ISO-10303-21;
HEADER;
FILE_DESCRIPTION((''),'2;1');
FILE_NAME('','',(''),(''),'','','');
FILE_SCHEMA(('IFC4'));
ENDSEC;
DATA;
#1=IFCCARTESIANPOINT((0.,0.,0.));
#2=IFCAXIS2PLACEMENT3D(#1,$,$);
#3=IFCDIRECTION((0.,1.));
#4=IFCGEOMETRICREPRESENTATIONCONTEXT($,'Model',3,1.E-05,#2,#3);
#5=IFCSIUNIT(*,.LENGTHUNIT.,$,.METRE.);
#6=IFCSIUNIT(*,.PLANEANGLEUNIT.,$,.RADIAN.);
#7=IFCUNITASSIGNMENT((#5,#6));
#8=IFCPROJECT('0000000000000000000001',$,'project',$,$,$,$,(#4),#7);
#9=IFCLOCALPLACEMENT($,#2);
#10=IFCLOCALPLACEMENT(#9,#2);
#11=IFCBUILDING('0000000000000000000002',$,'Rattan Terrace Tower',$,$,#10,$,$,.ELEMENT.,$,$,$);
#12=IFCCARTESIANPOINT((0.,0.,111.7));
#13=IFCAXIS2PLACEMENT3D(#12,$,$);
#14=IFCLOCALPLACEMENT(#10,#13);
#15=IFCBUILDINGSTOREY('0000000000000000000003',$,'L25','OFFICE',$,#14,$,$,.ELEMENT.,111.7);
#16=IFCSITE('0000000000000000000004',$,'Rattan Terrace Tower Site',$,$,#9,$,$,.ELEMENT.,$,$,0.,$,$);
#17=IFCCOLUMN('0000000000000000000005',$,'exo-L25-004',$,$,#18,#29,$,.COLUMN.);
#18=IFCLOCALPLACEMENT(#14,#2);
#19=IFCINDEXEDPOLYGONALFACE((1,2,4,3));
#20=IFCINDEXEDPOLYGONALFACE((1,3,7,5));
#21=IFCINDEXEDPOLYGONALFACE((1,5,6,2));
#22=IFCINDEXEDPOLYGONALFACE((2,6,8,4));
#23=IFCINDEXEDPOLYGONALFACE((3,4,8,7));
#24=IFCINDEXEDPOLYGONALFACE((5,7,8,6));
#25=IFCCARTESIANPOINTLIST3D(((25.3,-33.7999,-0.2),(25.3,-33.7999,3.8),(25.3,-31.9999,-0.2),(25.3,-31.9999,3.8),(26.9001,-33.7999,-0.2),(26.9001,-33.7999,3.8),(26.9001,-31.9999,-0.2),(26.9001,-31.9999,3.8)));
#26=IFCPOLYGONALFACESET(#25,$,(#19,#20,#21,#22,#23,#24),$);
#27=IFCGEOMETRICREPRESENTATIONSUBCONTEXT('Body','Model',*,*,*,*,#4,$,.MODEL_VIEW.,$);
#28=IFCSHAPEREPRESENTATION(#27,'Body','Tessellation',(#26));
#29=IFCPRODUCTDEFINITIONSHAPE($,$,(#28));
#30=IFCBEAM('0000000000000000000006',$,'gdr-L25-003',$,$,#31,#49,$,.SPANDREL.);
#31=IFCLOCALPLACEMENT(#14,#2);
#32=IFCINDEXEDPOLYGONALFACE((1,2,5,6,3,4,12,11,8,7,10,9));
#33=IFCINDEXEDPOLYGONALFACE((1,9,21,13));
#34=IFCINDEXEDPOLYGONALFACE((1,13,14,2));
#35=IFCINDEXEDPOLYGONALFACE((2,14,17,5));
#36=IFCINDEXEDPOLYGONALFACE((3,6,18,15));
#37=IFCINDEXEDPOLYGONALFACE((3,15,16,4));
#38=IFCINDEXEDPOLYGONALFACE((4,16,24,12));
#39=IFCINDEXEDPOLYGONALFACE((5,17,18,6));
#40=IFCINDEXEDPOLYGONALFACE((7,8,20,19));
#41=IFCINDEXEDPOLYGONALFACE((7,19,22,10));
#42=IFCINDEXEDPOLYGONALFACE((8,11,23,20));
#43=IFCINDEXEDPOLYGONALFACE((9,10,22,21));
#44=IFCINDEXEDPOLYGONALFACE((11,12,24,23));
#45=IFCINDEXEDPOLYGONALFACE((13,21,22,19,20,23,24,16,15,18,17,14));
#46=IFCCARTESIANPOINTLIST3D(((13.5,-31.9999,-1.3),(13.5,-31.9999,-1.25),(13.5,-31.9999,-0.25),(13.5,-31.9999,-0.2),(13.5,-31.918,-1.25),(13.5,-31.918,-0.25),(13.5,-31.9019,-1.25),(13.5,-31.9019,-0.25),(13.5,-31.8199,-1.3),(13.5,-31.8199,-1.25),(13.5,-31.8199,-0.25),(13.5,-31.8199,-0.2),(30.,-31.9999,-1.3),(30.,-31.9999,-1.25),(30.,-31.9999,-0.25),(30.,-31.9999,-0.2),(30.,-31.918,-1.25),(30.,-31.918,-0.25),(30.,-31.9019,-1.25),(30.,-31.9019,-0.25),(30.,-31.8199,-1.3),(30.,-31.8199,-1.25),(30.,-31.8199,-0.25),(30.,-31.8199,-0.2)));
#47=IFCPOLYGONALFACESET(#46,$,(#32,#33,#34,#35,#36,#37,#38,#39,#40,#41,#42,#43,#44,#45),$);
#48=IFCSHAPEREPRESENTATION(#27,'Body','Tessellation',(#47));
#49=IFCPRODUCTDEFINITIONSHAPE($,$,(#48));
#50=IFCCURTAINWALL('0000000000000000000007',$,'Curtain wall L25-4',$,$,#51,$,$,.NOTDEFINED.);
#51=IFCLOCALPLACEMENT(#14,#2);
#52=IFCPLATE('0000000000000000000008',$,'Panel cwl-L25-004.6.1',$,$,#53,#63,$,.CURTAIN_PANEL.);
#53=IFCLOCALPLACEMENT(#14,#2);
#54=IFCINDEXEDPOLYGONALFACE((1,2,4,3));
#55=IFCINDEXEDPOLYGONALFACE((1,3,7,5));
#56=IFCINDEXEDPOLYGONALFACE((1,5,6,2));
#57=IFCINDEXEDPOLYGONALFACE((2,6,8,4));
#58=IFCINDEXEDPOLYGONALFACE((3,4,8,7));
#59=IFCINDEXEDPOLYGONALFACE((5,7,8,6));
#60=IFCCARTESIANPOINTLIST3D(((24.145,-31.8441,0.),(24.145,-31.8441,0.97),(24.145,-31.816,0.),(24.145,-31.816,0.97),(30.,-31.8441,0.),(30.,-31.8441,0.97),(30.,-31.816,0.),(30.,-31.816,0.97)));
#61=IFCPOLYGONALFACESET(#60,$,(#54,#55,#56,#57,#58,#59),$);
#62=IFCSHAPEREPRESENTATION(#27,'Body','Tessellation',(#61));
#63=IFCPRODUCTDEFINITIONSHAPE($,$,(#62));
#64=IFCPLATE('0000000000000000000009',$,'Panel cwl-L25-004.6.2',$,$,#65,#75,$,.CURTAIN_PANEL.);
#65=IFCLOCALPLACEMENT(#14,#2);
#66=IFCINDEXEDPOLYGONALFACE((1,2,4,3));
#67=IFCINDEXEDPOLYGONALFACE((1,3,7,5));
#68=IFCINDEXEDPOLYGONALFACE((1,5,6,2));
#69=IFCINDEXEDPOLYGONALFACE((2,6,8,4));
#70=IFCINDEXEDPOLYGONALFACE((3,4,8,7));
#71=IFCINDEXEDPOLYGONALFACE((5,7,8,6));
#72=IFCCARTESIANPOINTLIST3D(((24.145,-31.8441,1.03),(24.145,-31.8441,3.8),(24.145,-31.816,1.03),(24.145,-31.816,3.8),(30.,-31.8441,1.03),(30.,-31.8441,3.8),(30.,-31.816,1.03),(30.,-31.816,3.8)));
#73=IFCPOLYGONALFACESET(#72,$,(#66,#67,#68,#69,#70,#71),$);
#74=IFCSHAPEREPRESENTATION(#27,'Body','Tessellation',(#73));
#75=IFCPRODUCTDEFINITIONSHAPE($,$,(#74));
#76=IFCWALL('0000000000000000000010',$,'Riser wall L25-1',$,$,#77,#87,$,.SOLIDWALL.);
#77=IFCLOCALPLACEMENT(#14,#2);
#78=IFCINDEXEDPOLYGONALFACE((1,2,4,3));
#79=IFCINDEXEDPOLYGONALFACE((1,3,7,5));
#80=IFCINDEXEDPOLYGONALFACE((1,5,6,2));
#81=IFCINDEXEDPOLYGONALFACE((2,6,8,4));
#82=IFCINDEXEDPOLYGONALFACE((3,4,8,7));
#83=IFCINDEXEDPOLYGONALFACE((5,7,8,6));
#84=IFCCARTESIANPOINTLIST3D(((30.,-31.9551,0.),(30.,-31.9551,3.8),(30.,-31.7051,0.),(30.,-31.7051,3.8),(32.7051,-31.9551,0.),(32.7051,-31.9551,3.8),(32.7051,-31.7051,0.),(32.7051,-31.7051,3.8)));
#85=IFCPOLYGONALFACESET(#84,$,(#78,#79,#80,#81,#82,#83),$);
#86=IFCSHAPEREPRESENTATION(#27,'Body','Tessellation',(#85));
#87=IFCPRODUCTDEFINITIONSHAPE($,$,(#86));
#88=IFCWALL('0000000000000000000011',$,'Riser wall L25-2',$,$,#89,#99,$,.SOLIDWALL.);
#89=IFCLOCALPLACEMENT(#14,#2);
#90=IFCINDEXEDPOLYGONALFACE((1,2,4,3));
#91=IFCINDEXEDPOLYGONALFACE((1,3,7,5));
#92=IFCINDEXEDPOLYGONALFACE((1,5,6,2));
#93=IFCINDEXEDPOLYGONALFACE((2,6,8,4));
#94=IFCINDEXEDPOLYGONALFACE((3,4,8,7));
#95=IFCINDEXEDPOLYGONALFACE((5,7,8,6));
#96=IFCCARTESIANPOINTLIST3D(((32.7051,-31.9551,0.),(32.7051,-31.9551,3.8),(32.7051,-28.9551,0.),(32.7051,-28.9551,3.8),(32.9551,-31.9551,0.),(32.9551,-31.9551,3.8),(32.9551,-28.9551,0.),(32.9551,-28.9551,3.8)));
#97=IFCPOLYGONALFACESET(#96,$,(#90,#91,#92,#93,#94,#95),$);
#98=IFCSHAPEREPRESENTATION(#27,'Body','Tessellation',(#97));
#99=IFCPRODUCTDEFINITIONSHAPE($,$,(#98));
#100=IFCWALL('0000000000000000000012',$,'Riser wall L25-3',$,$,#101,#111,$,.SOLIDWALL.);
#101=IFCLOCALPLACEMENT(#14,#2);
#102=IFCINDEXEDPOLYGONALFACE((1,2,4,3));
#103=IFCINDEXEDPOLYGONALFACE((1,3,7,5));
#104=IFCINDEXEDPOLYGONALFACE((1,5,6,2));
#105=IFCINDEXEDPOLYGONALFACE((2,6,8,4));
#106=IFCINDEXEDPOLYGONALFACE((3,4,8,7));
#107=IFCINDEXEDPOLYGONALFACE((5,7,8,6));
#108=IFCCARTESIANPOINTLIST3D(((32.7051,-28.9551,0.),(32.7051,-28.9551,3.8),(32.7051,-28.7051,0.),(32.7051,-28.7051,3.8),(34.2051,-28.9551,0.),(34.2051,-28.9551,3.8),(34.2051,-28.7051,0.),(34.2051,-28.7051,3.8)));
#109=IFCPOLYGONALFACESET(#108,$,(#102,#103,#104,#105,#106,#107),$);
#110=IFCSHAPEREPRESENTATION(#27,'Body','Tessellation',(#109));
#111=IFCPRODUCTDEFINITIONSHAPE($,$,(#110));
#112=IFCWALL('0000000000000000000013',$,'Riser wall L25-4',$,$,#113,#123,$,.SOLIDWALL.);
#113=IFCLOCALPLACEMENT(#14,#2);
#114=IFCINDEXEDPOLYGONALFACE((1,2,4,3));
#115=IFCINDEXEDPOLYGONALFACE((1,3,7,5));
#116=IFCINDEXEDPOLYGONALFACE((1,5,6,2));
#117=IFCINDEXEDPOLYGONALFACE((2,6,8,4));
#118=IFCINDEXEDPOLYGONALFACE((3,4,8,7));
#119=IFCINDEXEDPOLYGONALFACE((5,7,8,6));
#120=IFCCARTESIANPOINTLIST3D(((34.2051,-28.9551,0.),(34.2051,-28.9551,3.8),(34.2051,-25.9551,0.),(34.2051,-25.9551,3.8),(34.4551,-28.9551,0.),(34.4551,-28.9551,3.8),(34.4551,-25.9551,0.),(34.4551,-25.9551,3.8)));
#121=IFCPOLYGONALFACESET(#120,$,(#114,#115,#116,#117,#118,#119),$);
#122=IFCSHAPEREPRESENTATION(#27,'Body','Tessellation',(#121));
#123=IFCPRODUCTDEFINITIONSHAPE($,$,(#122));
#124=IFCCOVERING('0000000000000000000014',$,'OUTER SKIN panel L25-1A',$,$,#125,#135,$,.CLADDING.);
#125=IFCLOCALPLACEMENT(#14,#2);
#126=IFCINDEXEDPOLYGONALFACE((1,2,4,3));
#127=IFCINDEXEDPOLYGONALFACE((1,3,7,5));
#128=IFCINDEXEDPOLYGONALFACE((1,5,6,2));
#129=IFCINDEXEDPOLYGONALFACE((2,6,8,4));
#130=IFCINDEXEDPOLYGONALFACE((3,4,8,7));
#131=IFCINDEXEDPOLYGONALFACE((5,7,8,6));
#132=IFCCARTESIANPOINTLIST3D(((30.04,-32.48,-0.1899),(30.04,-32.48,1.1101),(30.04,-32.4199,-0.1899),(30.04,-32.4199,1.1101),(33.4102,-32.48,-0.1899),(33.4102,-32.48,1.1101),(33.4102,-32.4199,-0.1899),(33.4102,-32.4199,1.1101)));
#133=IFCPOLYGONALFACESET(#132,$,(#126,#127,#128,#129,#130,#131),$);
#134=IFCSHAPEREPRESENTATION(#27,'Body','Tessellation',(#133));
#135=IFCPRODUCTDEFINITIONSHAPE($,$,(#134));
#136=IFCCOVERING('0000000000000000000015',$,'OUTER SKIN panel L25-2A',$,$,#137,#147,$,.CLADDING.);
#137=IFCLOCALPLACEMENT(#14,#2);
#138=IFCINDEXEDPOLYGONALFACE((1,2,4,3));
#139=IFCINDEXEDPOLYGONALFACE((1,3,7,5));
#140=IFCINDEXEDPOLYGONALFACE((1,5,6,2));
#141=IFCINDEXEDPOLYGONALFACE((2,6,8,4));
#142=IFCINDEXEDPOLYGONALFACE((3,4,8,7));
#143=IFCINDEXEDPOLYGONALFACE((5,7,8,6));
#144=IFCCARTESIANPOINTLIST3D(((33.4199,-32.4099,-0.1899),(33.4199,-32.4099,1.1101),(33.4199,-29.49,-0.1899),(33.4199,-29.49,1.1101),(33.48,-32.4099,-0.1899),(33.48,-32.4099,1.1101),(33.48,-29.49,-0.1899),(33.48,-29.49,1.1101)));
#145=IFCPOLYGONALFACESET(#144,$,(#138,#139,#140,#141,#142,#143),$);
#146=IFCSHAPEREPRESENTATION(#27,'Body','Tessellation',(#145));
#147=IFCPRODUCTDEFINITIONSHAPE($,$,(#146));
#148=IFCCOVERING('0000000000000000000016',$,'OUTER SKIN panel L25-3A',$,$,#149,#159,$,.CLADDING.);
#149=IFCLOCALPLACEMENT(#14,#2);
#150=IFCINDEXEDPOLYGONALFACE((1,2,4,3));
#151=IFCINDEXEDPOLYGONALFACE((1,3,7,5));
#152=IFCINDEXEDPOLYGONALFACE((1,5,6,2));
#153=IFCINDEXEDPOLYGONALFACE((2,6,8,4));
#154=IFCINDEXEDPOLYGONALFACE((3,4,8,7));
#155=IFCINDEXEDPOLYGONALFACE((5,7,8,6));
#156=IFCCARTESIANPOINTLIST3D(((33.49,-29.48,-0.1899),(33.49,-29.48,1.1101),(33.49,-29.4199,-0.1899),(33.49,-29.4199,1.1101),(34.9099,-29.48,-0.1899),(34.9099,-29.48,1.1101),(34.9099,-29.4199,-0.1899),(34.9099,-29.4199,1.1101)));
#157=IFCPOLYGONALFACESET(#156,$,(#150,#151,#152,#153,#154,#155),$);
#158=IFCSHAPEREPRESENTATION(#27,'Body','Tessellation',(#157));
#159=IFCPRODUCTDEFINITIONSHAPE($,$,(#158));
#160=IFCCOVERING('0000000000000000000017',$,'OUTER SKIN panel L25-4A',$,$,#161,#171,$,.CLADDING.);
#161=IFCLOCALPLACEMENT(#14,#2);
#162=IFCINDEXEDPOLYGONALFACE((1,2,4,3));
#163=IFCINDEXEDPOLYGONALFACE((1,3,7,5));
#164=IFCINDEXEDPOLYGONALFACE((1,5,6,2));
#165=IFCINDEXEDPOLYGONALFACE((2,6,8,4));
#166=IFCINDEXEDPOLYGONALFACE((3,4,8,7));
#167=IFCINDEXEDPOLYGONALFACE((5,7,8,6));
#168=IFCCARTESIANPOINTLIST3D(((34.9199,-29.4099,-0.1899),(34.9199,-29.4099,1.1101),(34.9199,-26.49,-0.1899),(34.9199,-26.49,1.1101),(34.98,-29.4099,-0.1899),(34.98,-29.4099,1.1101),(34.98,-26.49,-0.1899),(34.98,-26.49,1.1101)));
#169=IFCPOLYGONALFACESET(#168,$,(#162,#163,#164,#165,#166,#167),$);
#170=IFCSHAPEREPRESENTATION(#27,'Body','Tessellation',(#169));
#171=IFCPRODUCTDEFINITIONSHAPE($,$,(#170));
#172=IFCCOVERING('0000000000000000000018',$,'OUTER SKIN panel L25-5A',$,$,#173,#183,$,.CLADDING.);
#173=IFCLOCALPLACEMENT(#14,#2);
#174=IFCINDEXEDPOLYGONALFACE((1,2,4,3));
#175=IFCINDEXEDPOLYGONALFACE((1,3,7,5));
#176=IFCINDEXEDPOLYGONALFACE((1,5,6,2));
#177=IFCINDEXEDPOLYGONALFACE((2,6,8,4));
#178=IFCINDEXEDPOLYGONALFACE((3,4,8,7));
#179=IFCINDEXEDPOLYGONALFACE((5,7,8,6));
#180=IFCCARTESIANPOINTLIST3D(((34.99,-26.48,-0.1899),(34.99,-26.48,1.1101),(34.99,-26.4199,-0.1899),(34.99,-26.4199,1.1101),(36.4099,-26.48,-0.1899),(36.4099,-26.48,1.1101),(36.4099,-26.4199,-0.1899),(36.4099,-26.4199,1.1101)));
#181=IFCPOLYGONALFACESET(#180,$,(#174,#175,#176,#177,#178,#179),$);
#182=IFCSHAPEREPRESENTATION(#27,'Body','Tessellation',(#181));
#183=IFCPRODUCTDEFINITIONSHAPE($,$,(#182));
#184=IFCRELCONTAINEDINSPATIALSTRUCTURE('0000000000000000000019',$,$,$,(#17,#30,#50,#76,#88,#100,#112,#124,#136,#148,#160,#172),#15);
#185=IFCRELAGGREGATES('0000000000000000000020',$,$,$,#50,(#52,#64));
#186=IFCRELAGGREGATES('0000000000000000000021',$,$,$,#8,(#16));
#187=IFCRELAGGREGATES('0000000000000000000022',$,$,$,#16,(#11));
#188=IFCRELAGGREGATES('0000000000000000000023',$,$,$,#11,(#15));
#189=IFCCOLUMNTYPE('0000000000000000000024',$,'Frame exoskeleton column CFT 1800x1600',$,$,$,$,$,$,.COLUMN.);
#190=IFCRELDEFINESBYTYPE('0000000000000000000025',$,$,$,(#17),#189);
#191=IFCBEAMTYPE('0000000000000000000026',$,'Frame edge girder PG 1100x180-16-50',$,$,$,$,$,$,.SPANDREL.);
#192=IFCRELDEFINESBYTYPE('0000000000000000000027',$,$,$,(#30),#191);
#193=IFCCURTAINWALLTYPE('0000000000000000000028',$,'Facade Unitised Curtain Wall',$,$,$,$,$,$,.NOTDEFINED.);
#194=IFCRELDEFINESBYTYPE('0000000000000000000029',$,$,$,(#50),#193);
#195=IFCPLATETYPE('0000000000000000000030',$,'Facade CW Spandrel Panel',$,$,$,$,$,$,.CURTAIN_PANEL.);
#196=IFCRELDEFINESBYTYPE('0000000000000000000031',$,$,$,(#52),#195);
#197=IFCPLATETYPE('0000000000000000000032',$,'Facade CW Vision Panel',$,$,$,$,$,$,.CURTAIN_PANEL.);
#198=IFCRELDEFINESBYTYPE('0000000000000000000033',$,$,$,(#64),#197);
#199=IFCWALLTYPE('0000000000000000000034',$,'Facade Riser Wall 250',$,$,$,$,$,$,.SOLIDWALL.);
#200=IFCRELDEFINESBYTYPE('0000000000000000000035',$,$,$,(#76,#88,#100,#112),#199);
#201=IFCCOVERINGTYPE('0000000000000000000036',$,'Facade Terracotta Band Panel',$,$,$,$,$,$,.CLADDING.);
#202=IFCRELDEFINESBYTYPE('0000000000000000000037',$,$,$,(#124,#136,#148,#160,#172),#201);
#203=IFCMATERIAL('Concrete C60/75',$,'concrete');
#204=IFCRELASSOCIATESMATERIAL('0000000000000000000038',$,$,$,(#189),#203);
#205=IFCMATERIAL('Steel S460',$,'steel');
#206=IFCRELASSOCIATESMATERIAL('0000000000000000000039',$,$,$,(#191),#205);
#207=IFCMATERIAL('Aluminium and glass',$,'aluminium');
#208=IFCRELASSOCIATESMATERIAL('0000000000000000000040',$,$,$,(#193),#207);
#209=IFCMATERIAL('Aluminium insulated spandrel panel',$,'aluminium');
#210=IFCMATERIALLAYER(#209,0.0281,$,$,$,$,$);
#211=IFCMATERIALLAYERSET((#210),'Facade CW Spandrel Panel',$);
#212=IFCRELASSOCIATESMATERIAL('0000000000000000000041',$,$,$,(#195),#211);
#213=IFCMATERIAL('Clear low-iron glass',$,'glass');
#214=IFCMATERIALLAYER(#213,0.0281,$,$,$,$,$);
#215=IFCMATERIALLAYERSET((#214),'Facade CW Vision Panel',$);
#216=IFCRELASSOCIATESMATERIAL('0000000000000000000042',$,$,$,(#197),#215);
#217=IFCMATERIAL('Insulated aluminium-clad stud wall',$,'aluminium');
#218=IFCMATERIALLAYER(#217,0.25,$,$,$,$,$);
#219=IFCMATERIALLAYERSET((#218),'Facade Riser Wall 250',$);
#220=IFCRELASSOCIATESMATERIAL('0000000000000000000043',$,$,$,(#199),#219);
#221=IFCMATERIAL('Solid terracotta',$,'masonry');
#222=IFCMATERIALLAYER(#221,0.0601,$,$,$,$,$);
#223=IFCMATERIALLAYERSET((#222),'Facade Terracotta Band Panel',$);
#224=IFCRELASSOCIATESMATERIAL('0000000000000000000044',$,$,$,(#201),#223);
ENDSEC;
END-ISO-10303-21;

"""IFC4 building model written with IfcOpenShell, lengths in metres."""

from ifc_helpers import new_model, si_unit, direction, frame, frame_2d, origin, origin_2d, place, context, subcontext, project, spatial, rectangle, i_section, extrude, material, layer, layer_set, material_profile, profile_set, type_object, element, aggregate, save


model = new_model("IFC4")

# Units and contexts
model_context = context("Model", 3, precision=1e-05, world=origin(), true_north=direction((0.0, 1.0)))
body_context = subcontext(model_context, "Body", "Model", "MODEL_VIEW")
ifc_project = project(units=[si_unit("LENGTHUNIT", "METRE"), si_unit("PLANEANGLEUNIT", "RADIAN")], contexts=[model_context])

# Site, building, storey
site_placement = place(None, origin())
site = spatial("IfcSite", under=ifc_project, at=site_placement, Name="Rattan Terrace Tower Site", CompositionType="ELEMENT", RefElevation=0.0)
building_placement = place(site_placement, origin())
building = spatial("IfcBuilding", under=site, at=building_placement, Name="Rattan Terrace Tower", CompositionType="ELEMENT")
storey_placement = place(building_placement, frame((0.0, 0.0, 111.7)))
storey = spatial("IfcBuildingStorey", under=building, at=storey_placement, Name="L25", Description="OFFICE", CompositionType="ELEMENT", Elevation=111.7)

# Column
ifc_material_1 = material(Name="Concrete C60/75", Category="concrete")
ifc_material_profile_1 = material_profile(ifc_material_1, rectangle(XDim=1.6001, YDim=1.8, at=origin_2d()), Name="CFT 1800x1600")
ifc_profile_set_1 = profile_set([ifc_material_profile_1], Name="Concrete C60/75")
column_type = type_object("IfcColumnType", Name="Frame exoskeleton column CFT 1800x1600", PredefinedType="COLUMN", material=ifc_profile_set_1)
column_placement = place(storey_placement, frame((26.1001, -32.8999, -0.2), z_axis=(0.0, 0.0, 1.0), x_axis=(1.0, 0.0, 0.0)))
element("IfcColumn", 1, at=column_placement, inside=storey, type_object=column_type, Name="exo-L25-004", PredefinedType="COLUMN", context=body_context, shape_type="SweptSolid", body=[
    extrude(rectangle(XDim=1.6001, YDim=1.8, at=origin_2d()), origin(), (0.0, 0.0, 1.0), 4.0),
])

# Beam
ifc_material_2 = material(Name="Steel S460", Category="steel")
ifc_material_profile_2 = material_profile(ifc_material_2, i_section(OverallWidth=0.1799, OverallDepth=1.1001, WebThickness=0.0161, FlangeThickness=0.05, at=origin_2d()), Name="PG 1100x180-16-50")
ifc_profile_set_2 = profile_set([ifc_material_profile_2], Name="Steel S460")
beam_type = type_object("IfcBeamType", Name="Frame edge girder PG 1100x180-16-50", PredefinedType="SPANDREL", material=ifc_profile_set_2)
beam_placement = place(storey_placement, frame((30.0, -31.9099, -0.75), z_axis=(-1.0, 0.0, 0.0), x_axis=(0.0, -1.0, 0.0)))
element("IfcBeam", 2, at=beam_placement, inside=storey, type_object=beam_type, Name="gdr-L25-003", PredefinedType="SPANDREL", context=body_context, shape_type="SweptSolid", body=[
    extrude(i_section(OverallWidth=0.1799, OverallDepth=1.1001, WebThickness=0.0161, FlangeThickness=0.05, at=origin_2d()), origin(), (0.0, 0.0, 1.0), 16.5),
])

# Curtain wall, plates
ifc_material_3 = material(Name="Aluminium and glass", Category="aluminium")
curtain_wall_type = type_object("IfcCurtainWallType", Name="Facade Unitised Curtain Wall", PredefinedType="NOTDEFINED", material=ifc_material_3)
curtain_wall_placement = place(storey_placement, origin())
curtain_wall = element("IfcCurtainWall", 3, at=curtain_wall_placement, inside=storey, type_object=curtain_wall_type, Name="Curtain wall L25-4", PredefinedType="NOTDEFINED")
ifc_material_4 = material(Name="Aluminium insulated spandrel panel", Category="aluminium")
ifc_layer_1 = layer(ifc_material_4, 0.0281)
ifc_layer_set_1 = layer_set([ifc_layer_1], Name="Facade CW Spandrel Panel")
plate_type_1 = type_object("IfcPlateType", Name="Facade CW Spandrel Panel", PredefinedType="CURTAIN_PANEL", material=ifc_layer_set_1)
plate_1_placement = place(storey_placement, frame((27.0725, -31.8301, 0.0), z_axis=(0.0, 0.0, 1.0), x_axis=(1.0, 0.0, 0.0)))
plate_1 = element("IfcPlate", 4, at=plate_1_placement, type_object=plate_type_1, Name="Panel cwl-L25-004.6.1", PredefinedType="CURTAIN_PANEL", context=body_context, shape_type="SweptSolid", body=[
    extrude(rectangle(XDim=5.855, YDim=0.0281, at=origin_2d()), origin(), (0.0, 0.0, 1.0), 0.97),
])
ifc_material_5 = material(Name="Clear low-iron glass", Category="glass")
ifc_layer_2 = layer(ifc_material_5, 0.0281)
ifc_layer_set_2 = layer_set([ifc_layer_2], Name="Facade CW Vision Panel")
plate_type_2 = type_object("IfcPlateType", Name="Facade CW Vision Panel", PredefinedType="CURTAIN_PANEL", material=ifc_layer_set_2)
plate_2_placement = place(storey_placement, frame((27.0725, -31.8301, 1.03), z_axis=(0.0, 0.0, 1.0), x_axis=(1.0, 0.0, 0.0)))
plate_2 = element("IfcPlate", 5, at=plate_2_placement, type_object=plate_type_2, Name="Panel cwl-L25-004.6.2", PredefinedType="CURTAIN_PANEL", context=body_context, shape_type="SweptSolid", body=[
    extrude(rectangle(XDim=5.855, YDim=0.0281, at=origin_2d()), origin(), (0.0, 0.0, 1.0), 2.77),
])
aggregate(curtain_wall, [plate_1, plate_2])

# Walls
ifc_material_6 = material(Name="Insulated aluminium-clad stud wall", Category="aluminium")
ifc_layer_3 = layer(ifc_material_6, 0.25)
ifc_layer_set_3 = layer_set([ifc_layer_3], Name="Facade Riser Wall 250")
wall_type = type_object("IfcWallType", Name="Facade Riser Wall 250", PredefinedType="SOLIDWALL", material=ifc_layer_set_3)
wall_1_placement = place(storey_placement, frame((30.0, -31.8301, 0.0), z_axis=(0.0, 0.0, 1.0), x_axis=(1.0, 0.0, 0.0)))
element("IfcWall", 6, at=wall_1_placement, inside=storey, type_object=wall_type, Name="Riser wall L25-1", PredefinedType="SOLIDWALL", context=body_context, shape_type="SweptSolid", body=[
    extrude(rectangle(XDim=2.7051, YDim=0.25, at=frame_2d((1.3525, 0.0))), origin(), (0.0, 0.0, 1.0), 3.8),
])
wall_2_placement = place(storey_placement, frame((32.8301, -31.9551, 0.0), z_axis=(0.0, 0.0, 1.0), x_axis=(0.0, 1.0, 0.0)))
element("IfcWall", 7, at=wall_2_placement, inside=storey, type_object=wall_type, Name="Riser wall L25-2", PredefinedType="SOLIDWALL", context=body_context, shape_type="SweptSolid", body=[
    extrude(rectangle(XDim=3.0, YDim=0.25, at=frame_2d((1.5, 0.0))), origin(), (0.0, 0.0, 1.0), 3.8),
])
wall_3_placement = place(storey_placement, frame((32.7051, -28.8301, 0.0), z_axis=(0.0, 0.0, 1.0), x_axis=(1.0, 0.0, 0.0)))
element("IfcWall", 8, at=wall_3_placement, inside=storey, type_object=wall_type, Name="Riser wall L25-3", PredefinedType="SOLIDWALL", context=body_context, shape_type="SweptSolid", body=[
    extrude(rectangle(XDim=1.5, YDim=0.25, at=frame_2d((0.75, 0.0))), origin(), (0.0, 0.0, 1.0), 3.8),
])
wall_4_placement = place(storey_placement, frame((34.3301, -28.9551, 0.0), z_axis=(0.0, 0.0, 1.0), x_axis=(0.0, 1.0, 0.0)))
element("IfcWall", 9, at=wall_4_placement, inside=storey, type_object=wall_type, Name="Riser wall L25-4", PredefinedType="SOLIDWALL", context=body_context, shape_type="SweptSolid", body=[
    extrude(rectangle(XDim=3.0, YDim=0.25, at=frame_2d((1.5, 0.0))), origin(), (0.0, 0.0, 1.0), 3.8),
])

# Coverings
ifc_material_7 = material(Name="Solid terracotta", Category="masonry")
ifc_layer_4 = layer(ifc_material_7, 0.0601)
ifc_layer_set_4 = layer_set([ifc_layer_4], Name="Facade Terracotta Band Panel")
covering_type_1 = type_object("IfcCoveringType", Name="Facade Terracotta Band Panel", PredefinedType="CLADDING", material=ifc_layer_set_4)
covering_1_placement = place(storey_placement, frame((31.7251, -32.45, -0.1899), z_axis=(0.0, 0.0, 1.0), x_axis=(1.0, 0.0, 0.0)))
element("IfcCovering", 10, at=covering_1_placement, inside=storey, type_object=covering_type_1, Name="OUTER SKIN panel L25-1A", PredefinedType="CLADDING", context=body_context, shape_type="SweptSolid", body=[
    extrude(rectangle(XDim=3.3701, YDim=0.0601, at=origin_2d()), origin(), (0.0, 0.0, 1.0), 1.3),
])
covering_2_placement = place(storey_placement, frame((33.45, -30.95, -0.1899), z_axis=(0.0, 0.0, 1.0), x_axis=(0.0, 1.0, 0.0)))
element("IfcCovering", 11, at=covering_2_placement, inside=storey, type_object=covering_type_1, Name="OUTER SKIN panel L25-2A", PredefinedType="CLADDING", context=body_context, shape_type="SweptSolid", body=[
    extrude(rectangle(XDim=2.9199, YDim=0.0601, at=origin_2d()), origin(), (0.0, 0.0, 1.0), 1.3),
])
covering_3_placement = place(storey_placement, frame((34.2, -29.45, -0.1899), z_axis=(0.0, 0.0, 1.0), x_axis=(1.0, 0.0, 0.0)))
element("IfcCovering", 12, at=covering_3_placement, inside=storey, type_object=covering_type_1, Name="OUTER SKIN panel L25-3A", PredefinedType="CLADDING", context=body_context, shape_type="SweptSolid", body=[
    extrude(rectangle(XDim=1.4199, YDim=0.0601, at=origin_2d()), origin(), (0.0, 0.0, 1.0), 1.3),
])
covering_4_placement = place(storey_placement, frame((34.95, -27.95, -0.1899), z_axis=(0.0, 0.0, 1.0), x_axis=(0.0, 1.0, 0.0)))
element("IfcCovering", 13, at=covering_4_placement, inside=storey, type_object=covering_type_1, Name="OUTER SKIN panel L25-4A", PredefinedType="CLADDING", context=body_context, shape_type="SweptSolid", body=[
    extrude(rectangle(XDim=2.9199, YDim=0.0601, at=origin_2d()), origin(), (0.0, 0.0, 1.0), 1.3),
])
covering_5_placement = place(storey_placement, frame((35.7, -26.45, -0.1899), z_axis=(0.0, 0.0, 1.0), x_axis=(1.0, 0.0, 0.0)))
element("IfcCovering", 14, at=covering_5_placement, inside=storey, type_object=covering_type_1, Name="OUTER SKIN panel L25-5A", PredefinedType="CLADDING", context=body_context, shape_type="SweptSolid", body=[
    extrude(rectangle(XDim=1.4199, YDim=0.0601, at=origin_2d()), origin(), (0.0, 0.0, 1.0), 1.3),
])

save(model, "model.ifc")
